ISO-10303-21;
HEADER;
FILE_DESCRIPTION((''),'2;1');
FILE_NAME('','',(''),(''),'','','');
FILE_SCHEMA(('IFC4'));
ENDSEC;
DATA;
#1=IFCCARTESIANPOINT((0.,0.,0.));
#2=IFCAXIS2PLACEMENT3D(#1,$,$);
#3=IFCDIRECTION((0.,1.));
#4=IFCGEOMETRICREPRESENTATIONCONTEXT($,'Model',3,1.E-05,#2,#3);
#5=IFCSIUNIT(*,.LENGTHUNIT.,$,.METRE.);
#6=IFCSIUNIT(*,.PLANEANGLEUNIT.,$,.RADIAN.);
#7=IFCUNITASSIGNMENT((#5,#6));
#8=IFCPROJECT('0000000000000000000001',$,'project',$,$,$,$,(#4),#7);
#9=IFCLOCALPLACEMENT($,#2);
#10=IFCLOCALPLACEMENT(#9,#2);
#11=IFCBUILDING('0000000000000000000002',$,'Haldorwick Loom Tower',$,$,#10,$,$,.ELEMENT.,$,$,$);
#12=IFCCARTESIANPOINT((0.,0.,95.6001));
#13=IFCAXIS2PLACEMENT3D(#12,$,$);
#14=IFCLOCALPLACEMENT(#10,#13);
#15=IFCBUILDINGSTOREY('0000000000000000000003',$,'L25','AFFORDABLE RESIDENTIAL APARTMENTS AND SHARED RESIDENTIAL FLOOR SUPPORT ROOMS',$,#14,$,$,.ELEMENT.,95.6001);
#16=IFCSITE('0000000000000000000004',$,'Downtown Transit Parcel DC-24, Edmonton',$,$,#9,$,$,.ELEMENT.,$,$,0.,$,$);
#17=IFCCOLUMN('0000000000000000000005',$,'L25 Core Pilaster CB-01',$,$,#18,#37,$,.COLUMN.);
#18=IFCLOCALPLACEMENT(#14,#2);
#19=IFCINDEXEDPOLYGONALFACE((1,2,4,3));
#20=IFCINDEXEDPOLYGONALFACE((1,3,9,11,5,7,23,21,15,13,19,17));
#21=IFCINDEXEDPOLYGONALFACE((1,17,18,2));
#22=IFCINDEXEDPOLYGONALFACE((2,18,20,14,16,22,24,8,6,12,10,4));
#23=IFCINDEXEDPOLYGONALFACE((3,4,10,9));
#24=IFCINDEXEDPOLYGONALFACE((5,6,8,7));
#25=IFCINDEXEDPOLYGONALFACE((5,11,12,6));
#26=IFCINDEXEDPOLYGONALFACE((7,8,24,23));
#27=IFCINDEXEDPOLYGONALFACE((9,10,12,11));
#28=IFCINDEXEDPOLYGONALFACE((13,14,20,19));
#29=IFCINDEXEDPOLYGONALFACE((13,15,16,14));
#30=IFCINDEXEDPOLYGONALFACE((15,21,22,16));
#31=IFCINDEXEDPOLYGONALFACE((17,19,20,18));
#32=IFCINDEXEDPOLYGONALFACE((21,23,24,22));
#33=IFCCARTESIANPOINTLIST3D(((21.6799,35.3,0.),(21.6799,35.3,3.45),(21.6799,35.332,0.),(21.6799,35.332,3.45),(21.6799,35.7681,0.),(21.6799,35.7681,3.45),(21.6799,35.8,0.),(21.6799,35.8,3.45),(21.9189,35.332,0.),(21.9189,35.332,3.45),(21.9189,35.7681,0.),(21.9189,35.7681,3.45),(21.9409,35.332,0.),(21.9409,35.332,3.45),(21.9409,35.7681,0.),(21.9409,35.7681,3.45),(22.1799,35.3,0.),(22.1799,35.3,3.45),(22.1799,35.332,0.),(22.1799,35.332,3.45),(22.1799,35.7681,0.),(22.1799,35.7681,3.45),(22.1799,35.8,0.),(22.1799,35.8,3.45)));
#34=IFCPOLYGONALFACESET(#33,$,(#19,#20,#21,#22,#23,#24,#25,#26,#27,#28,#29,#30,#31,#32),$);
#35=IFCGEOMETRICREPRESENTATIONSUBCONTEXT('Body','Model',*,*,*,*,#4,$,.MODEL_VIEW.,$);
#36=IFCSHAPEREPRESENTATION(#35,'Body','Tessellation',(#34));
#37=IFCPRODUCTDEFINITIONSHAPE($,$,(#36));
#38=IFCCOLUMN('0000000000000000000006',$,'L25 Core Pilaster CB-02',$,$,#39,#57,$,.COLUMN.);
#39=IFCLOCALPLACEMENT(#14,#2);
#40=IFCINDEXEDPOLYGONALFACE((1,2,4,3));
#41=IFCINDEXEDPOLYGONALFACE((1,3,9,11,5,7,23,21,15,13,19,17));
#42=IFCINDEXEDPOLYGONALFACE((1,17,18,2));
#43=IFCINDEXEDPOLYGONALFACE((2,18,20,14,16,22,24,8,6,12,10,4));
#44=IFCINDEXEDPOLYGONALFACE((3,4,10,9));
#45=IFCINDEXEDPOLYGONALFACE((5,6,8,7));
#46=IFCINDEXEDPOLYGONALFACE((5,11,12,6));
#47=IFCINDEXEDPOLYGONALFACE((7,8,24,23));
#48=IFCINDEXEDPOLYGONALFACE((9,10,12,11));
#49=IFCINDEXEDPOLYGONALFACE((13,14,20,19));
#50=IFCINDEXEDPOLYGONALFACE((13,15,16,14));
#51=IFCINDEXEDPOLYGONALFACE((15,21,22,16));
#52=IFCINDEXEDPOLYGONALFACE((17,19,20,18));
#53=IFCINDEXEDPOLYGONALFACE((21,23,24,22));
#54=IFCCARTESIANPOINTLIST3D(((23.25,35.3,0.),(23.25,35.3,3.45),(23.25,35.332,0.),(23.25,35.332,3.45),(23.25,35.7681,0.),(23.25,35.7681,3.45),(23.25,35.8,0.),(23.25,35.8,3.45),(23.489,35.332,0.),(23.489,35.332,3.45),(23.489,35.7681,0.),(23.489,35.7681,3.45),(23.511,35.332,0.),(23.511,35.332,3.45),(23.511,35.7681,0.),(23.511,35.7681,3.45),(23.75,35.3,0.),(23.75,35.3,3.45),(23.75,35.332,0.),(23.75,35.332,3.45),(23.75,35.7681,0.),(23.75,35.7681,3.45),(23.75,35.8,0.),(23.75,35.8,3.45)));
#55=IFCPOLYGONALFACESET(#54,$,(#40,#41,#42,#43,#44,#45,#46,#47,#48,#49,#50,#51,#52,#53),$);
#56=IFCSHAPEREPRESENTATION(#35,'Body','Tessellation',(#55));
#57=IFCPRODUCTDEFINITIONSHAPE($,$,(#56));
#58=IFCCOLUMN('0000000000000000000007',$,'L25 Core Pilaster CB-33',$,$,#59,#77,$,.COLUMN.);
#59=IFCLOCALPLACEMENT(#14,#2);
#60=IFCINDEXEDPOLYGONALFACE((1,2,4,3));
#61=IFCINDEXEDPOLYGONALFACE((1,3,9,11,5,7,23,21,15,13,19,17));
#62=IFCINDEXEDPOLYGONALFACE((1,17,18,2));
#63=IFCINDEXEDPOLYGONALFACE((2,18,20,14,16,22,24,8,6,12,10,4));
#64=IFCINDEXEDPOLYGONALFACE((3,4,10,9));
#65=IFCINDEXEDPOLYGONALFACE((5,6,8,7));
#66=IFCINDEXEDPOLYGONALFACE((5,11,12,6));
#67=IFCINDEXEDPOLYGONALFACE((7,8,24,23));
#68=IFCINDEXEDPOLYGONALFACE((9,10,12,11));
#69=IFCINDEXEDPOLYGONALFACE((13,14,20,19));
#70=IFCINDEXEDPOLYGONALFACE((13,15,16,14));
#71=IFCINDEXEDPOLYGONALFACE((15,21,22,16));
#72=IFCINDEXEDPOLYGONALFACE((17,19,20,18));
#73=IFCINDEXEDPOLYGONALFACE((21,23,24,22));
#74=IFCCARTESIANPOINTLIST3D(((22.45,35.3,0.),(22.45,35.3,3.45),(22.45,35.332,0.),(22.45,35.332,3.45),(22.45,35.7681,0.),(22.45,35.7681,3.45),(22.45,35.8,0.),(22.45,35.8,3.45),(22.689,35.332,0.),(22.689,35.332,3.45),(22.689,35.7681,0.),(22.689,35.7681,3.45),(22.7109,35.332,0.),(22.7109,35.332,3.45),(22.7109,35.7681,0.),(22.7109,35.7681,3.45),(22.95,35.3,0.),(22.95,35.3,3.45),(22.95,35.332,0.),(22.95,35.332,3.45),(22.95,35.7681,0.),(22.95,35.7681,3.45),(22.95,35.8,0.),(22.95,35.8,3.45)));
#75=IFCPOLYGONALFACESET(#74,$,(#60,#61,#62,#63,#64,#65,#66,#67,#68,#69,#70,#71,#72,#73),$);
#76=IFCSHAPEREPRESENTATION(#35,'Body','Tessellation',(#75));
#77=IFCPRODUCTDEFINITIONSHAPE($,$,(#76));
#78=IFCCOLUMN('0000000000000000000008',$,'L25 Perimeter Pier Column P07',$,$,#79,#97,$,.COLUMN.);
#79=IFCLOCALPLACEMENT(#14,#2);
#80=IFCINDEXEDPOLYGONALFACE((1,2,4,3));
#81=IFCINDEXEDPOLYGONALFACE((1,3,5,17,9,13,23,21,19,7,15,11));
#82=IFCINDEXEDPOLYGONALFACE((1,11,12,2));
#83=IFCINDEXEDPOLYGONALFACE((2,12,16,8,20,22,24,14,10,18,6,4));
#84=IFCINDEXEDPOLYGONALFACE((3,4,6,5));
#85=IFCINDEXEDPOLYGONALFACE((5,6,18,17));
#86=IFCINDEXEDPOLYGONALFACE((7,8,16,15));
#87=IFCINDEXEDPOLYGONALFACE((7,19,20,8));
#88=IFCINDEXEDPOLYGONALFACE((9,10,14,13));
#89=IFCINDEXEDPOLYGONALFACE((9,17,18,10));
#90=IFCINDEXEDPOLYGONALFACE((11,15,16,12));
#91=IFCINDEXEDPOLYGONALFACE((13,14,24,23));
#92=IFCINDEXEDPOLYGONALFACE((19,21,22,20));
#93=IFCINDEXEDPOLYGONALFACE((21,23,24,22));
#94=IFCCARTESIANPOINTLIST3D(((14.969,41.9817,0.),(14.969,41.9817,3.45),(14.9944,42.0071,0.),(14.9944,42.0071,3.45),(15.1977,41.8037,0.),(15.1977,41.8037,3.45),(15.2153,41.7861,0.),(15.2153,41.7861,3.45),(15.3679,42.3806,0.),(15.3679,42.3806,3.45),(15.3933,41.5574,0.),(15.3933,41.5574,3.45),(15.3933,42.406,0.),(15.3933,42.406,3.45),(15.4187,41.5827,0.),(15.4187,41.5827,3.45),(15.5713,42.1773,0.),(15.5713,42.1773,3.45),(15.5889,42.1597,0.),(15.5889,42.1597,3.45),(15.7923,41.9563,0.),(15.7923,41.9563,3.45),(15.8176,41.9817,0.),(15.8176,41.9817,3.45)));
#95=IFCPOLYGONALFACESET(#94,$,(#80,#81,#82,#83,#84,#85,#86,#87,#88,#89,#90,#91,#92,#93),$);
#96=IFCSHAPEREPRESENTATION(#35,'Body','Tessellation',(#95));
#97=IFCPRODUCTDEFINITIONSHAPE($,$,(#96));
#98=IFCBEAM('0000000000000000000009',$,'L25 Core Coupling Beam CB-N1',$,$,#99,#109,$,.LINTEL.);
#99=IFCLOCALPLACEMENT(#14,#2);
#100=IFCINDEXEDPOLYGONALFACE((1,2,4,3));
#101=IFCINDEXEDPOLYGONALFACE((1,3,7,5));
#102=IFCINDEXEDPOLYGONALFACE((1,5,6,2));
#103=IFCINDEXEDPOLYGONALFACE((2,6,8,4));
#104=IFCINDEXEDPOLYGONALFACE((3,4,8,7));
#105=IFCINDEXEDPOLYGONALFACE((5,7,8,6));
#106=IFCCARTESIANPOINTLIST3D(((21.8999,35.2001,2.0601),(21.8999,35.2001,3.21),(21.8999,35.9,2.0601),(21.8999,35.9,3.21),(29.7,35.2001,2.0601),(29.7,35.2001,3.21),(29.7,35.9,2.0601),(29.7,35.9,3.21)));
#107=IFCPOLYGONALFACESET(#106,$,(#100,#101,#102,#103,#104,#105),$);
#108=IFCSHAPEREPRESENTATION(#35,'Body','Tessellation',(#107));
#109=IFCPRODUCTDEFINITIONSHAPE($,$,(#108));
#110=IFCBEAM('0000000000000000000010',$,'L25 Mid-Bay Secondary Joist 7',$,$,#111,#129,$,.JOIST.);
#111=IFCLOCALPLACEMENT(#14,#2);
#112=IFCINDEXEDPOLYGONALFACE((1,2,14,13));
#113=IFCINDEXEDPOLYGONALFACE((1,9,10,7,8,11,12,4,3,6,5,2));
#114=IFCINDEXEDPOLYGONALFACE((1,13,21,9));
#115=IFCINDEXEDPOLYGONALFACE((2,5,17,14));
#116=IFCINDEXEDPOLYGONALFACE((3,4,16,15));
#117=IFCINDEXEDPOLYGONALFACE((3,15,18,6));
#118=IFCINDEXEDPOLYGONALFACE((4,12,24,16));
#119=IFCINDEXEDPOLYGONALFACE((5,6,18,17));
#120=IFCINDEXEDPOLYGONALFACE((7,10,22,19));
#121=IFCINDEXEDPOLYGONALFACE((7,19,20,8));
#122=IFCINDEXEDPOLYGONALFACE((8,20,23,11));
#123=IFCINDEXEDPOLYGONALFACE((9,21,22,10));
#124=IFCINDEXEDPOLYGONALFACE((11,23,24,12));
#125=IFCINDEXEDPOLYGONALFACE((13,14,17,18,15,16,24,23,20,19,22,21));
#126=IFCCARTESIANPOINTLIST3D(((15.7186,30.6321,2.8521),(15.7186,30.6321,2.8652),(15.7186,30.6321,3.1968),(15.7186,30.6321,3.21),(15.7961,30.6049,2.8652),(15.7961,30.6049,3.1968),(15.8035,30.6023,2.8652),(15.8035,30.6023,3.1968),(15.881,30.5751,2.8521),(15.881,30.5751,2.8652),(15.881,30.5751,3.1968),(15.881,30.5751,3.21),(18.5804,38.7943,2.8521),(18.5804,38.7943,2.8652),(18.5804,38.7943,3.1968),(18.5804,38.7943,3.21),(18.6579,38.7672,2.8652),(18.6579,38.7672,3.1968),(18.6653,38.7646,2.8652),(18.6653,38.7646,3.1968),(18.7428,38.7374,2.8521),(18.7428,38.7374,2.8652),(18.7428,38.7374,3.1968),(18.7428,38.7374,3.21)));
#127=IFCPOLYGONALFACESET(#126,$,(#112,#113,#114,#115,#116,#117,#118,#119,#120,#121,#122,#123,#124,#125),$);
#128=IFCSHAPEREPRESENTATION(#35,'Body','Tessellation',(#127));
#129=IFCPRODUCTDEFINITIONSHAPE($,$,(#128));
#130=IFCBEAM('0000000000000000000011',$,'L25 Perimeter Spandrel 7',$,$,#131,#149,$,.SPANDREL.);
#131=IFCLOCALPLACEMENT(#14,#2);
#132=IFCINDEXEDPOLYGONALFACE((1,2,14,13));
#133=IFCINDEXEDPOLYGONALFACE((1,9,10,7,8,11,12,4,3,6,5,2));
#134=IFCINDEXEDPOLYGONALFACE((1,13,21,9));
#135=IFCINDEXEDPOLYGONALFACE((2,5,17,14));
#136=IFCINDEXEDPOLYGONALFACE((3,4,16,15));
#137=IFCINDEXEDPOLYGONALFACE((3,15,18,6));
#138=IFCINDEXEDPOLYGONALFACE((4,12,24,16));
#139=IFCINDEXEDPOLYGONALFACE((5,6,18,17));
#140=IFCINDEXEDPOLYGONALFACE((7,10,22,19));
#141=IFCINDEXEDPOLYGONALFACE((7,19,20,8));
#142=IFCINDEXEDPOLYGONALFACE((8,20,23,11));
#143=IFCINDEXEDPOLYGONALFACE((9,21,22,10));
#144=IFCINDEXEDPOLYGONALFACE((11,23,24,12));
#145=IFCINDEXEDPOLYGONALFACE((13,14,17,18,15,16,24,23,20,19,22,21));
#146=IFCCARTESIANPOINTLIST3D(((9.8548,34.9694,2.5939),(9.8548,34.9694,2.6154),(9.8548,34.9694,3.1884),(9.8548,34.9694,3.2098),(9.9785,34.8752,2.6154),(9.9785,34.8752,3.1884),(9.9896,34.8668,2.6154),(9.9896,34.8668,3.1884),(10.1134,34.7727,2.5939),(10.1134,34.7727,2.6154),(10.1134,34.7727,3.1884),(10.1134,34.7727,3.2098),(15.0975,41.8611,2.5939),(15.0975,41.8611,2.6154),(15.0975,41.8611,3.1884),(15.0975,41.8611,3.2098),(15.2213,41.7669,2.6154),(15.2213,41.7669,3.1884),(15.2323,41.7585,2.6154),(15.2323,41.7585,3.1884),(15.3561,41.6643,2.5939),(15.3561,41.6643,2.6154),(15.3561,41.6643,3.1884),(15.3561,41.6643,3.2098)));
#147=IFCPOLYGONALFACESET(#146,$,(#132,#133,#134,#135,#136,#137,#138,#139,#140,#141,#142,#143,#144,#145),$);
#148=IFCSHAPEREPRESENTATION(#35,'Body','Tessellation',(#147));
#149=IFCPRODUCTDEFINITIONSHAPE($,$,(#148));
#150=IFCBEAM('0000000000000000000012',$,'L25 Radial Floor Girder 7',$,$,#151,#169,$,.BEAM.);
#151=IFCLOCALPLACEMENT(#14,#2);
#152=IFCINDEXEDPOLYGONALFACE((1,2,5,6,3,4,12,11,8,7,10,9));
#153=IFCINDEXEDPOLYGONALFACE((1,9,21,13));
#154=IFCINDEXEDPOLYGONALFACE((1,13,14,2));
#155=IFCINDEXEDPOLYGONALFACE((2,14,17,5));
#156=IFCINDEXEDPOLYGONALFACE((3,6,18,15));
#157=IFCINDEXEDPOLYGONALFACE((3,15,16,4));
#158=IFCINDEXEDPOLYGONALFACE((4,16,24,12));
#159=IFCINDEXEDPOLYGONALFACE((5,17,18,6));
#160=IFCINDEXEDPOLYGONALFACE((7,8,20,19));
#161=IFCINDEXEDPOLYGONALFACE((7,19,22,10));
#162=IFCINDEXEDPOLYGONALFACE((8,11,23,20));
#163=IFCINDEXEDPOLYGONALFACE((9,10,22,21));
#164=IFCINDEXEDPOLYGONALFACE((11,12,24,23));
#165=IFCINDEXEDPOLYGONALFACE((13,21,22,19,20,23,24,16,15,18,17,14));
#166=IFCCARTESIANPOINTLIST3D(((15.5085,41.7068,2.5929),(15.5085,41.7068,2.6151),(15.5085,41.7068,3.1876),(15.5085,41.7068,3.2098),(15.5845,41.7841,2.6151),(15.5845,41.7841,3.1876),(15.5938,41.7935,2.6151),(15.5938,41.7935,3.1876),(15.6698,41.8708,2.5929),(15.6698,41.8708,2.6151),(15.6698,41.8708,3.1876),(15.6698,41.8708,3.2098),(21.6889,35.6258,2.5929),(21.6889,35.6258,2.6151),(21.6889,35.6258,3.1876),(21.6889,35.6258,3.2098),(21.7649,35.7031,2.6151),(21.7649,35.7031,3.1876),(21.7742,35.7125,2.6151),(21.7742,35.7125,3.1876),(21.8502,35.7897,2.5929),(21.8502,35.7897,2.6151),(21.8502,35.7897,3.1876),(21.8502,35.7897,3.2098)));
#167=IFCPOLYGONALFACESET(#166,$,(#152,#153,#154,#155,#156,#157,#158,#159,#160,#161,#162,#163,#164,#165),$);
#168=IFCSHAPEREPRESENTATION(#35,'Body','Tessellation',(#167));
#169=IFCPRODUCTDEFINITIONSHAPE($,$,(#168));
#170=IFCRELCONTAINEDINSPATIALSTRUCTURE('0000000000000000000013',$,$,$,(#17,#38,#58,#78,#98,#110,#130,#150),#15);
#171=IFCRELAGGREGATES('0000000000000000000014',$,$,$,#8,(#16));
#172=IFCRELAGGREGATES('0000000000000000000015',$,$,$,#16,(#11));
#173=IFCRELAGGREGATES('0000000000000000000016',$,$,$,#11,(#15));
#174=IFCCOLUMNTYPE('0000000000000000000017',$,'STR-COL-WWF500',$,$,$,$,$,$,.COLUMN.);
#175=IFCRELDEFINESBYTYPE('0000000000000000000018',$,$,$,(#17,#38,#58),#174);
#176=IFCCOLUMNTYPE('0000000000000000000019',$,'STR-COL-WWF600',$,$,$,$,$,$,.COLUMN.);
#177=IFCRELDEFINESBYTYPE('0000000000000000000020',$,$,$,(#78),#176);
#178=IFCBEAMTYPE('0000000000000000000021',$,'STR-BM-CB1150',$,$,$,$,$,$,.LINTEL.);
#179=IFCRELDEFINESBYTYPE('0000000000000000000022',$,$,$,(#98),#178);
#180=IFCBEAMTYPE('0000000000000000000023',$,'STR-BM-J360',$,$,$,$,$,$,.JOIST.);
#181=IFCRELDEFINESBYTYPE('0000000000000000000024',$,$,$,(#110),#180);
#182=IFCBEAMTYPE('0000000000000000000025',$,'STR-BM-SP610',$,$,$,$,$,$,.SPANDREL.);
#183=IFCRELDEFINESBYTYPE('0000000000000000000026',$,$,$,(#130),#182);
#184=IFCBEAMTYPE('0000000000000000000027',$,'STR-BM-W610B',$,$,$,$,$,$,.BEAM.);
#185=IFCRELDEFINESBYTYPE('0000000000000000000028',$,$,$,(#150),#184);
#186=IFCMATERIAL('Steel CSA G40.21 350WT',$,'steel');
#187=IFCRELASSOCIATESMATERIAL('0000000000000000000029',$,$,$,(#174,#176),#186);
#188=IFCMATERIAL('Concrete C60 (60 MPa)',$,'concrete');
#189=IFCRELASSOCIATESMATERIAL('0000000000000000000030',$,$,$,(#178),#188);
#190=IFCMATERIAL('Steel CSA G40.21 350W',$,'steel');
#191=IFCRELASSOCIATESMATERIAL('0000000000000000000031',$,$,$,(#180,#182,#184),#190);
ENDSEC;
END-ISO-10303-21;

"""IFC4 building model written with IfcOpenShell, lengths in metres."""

from ifc_helpers import new_model, si_unit, direction, frame, origin, origin_2d, place, context, subcontext, project, spatial, rectangle, i_section, extrude, material, material_profile, profile_set, type_object, element, save


model = new_model("IFC4")

# Units and contexts
model_context = context("Model", 3, precision=1e-05, world=origin(), true_north=direction((0.0, 1.0)))
body_context = subcontext(model_context, "Body", "Model", "MODEL_VIEW")
ifc_project = project(units=[si_unit("LENGTHUNIT", "METRE"), si_unit("PLANEANGLEUNIT", "RADIAN")], contexts=[model_context])

# Site, building, storey
site_placement = place(None, origin())
site = spatial("IfcSite", under=ifc_project, at=site_placement, Name="Downtown Transit Parcel DC-24, Edmonton", CompositionType="ELEMENT", RefElevation=0.0)
building_placement = place(site_placement, origin())
building = spatial("IfcBuilding", under=site, at=building_placement, Name="Haldorwick Loom Tower", CompositionType="ELEMENT")
storey_placement = place(building_placement, frame((0.0, 0.0, 95.6001)))
storey = spatial("IfcBuildingStorey", under=building, at=storey_placement, Name="L25", Description="AFFORDABLE RESIDENTIAL APARTMENTS AND SHARED RESIDENTIAL FLOOR SUPPORT ROOMS", CompositionType="ELEMENT", Elevation=95.6001)

# Columns
ifc_material_1 = material(Name="Steel CSA G40.21 350WT", Category="steel")
ifc_material_profile_1 = material_profile(ifc_material_1, i_section(OverallWidth=0.5, OverallDepth=0.5, WebThickness=0.022, FlangeThickness=0.032, at=origin_2d()), Name="WWF500X500", Category="steel")
ifc_profile_set_1 = profile_set([ifc_material_profile_1], Name="Steel CSA G40.21 350WT")
column_type_1 = type_object("IfcColumnType", Name="STR-COL-WWF500", PredefinedType="COLUMN", material=ifc_profile_set_1)
for number, where, z_axis, x_axis, name in (
    (1, (21.9299, 35.55, 0.0), (0.0, 0.0, 1.0), (1.0, 0.0, 0.0), "L25 Core Pilaster CB-01"),
    (2, (23.5, 35.55, 0.0), (0.0, 0.0, 1.0), (1.0, 0.0, 0.0), "L25 Core Pilaster CB-02"),
    (3, (22.7, 35.55, 0.0), (0.0, 0.0, 1.0), (1.0, 0.0, 0.0), "L25 Core Pilaster CB-33"),
):
    element("IfcColumn", number, at=place(storey_placement, frame(where, z_axis=z_axis, x_axis=x_axis)), inside=storey, type_object=column_type_1, Name=name, PredefinedType="COLUMN", context=body_context, shape_type="SweptSolid", body=[
        extrude(i_section(OverallWidth=0.5, OverallDepth=0.5, WebThickness=0.022, FlangeThickness=0.032, at=origin_2d()), origin(), (0.0, 0.0, 1.0), 3.45),
    ])
ifc_material_profile_2 = material_profile(ifc_material_1, i_section(OverallWidth=0.6001, OverallDepth=0.6001, WebThickness=0.0249, FlangeThickness=0.0359, at=origin_2d()), Name="WWF600X600", Category="steel")
ifc_profile_set_2 = profile_set([ifc_material_profile_2], Name="Steel CSA G40.21 350WT")
column_type_2 = type_object("IfcColumnType", Name="STR-COL-WWF600", PredefinedType="COLUMN", material=ifc_profile_set_2)
column_placement = place(storey_placement, frame((15.3933, 41.9817, 0.0), z_axis=(0.0, 0.0, 1.0), x_axis=(-0.707107, 0.707107, 0.0)))
element("IfcColumn", 4, at=column_placement, inside=storey, type_object=column_type_2, Name="L25 Perimeter Pier Column P07", PredefinedType="COLUMN", context=body_context, shape_type="SweptSolid", body=[
    extrude(i_section(OverallWidth=0.6001, OverallDepth=0.6001, WebThickness=0.0249, FlangeThickness=0.0359, at=origin_2d()), origin(), (0.0, 0.0, 1.0), 3.45),
])

# Beams
ifc_material_2 = material(Name="Concrete C60 (60 MPa)", Category="concrete")
ifc_material_profile_3 = material_profile(ifc_material_2, rectangle(XDim=0.7, YDim=1.1499, at=origin_2d()), Name="RC700X1150", Category="concrete")
ifc_profile_set_3 = profile_set([ifc_material_profile_3], Name="Concrete C60 (60 MPa)")
beam_type_1 = type_object("IfcBeamType", Name="STR-BM-CB1150", PredefinedType="LINTEL", material=ifc_profile_set_3)
beam_1_placement = place(storey_placement, frame((21.8999, 35.55, 2.635), z_axis=(1.0, 0.0, 0.0), x_axis=(0.0, 1.0, 0.0)))
element("IfcBeam", 5, at=beam_1_placement, inside=storey, type_object=beam_type_1, Name="L25 Core Coupling Beam CB-N1", PredefinedType="LINTEL", context=body_context, shape_type="SweptSolid", body=[
    extrude(rectangle(XDim=0.7, YDim=1.1499, at=origin_2d()), origin(), (0.0, 0.0, 1.0), 7.8),
])
ifc_material_3 = material(Name="Steel CSA G40.21 350W", Category="steel")
ifc_material_profile_4 = material_profile(ifc_material_3, i_section(OverallWidth=0.1721, OverallDepth=0.3579, WebThickness=0.0078, FlangeThickness=0.0132, at=origin_2d()), Name="W360X57", Category="steel")
ifc_profile_set_4 = profile_set([ifc_material_profile_4], Name="Steel CSA G40.21 350W")
beam_type_2 = type_object("IfcBeamType", Name="STR-BM-J360", PredefinedType="JOIST", material=ifc_profile_set_4)
beam_2_placement = place(storey_placement, frame((18.6616, 38.7659, 3.031), z_axis=(-0.330865, -0.943678, 0.0), x_axis=(0.943678, -0.330865, 0.0)))
element("IfcBeam", 6, at=beam_2_placement, inside=storey, type_object=beam_type_2, Name="L25 Mid-Bay Secondary Joist 7", PredefinedType="JOIST", context=body_context, shape_type="SweptSolid", body=[
    extrude(i_section(OverallWidth=0.1721, OverallDepth=0.3579, WebThickness=0.0078, FlangeThickness=0.0132, at=origin_2d()), origin(), (0.0, 0.0, 1.0), 8.6494),
])
ifc_material_profile_5 = material_profile(ifc_material_3, i_section(OverallWidth=0.325, OverallDepth=0.616, WebThickness=0.0139, FlangeThickness=0.0215, at=origin_2d()), Name="W610X174", Category="steel")
ifc_profile_set_5 = profile_set([ifc_material_profile_5], Name="Steel CSA G40.21 350W")
beam_type_3 = type_object("IfcBeamType", Name="STR-BM-SP610", PredefinedType="SPANDREL", material=ifc_profile_set_5)
beam_3_placement = place(storey_placement, frame((15.2268, 41.7627, 2.9019), z_axis=(-0.605454, -0.795881, 0.0), x_axis=(0.795881, -0.605454, 0.0)))
element("IfcBeam", 7, at=beam_3_placement, inside=storey, type_object=beam_type_3, Name="L25 Perimeter Spandrel 7", PredefinedType="SPANDREL", context=body_context, shape_type="SweptSolid", body=[
    extrude(i_section(OverallWidth=0.325, OverallDepth=0.616, WebThickness=0.0139, FlangeThickness=0.0215, at=origin_2d()), origin(), (0.0, 0.0, 1.0), 8.6592),
])
ifc_material_profile_6 = material_profile(ifc_material_3, i_section(OverallWidth=0.23, OverallDepth=0.6169, WebThickness=0.0132, FlangeThickness=0.0222, at=origin_2d()), Name="W610X140", Category="steel")
ifc_profile_set_6 = profile_set([ifc_material_profile_6], Name="Steel CSA G40.21 350W")
beam_type_4 = type_object("IfcBeamType", Name="STR-BM-W610B", PredefinedType="BEAM", material=ifc_profile_set_6)
beam_4_placement = place(storey_placement, frame((21.7695, 35.7078, 2.9014), z_axis=(-0.712814, 0.701353, 0.0), x_axis=(-0.701353, -0.712814, 0.0)))
element("IfcBeam", 8, at=beam_4_placement, inside=storey, type_object=beam_type_4, Name="L25 Radial Floor Girder 7", PredefinedType="BEAM", context=body_context, shape_type="SweptSolid", body=[
    extrude(i_section(OverallWidth=0.23, OverallDepth=0.6169, WebThickness=0.0132, FlangeThickness=0.0222, at=origin_2d()), origin(), (0.0, 0.0, 1.0), 8.6704),
])

save(model, "model.ifc")
